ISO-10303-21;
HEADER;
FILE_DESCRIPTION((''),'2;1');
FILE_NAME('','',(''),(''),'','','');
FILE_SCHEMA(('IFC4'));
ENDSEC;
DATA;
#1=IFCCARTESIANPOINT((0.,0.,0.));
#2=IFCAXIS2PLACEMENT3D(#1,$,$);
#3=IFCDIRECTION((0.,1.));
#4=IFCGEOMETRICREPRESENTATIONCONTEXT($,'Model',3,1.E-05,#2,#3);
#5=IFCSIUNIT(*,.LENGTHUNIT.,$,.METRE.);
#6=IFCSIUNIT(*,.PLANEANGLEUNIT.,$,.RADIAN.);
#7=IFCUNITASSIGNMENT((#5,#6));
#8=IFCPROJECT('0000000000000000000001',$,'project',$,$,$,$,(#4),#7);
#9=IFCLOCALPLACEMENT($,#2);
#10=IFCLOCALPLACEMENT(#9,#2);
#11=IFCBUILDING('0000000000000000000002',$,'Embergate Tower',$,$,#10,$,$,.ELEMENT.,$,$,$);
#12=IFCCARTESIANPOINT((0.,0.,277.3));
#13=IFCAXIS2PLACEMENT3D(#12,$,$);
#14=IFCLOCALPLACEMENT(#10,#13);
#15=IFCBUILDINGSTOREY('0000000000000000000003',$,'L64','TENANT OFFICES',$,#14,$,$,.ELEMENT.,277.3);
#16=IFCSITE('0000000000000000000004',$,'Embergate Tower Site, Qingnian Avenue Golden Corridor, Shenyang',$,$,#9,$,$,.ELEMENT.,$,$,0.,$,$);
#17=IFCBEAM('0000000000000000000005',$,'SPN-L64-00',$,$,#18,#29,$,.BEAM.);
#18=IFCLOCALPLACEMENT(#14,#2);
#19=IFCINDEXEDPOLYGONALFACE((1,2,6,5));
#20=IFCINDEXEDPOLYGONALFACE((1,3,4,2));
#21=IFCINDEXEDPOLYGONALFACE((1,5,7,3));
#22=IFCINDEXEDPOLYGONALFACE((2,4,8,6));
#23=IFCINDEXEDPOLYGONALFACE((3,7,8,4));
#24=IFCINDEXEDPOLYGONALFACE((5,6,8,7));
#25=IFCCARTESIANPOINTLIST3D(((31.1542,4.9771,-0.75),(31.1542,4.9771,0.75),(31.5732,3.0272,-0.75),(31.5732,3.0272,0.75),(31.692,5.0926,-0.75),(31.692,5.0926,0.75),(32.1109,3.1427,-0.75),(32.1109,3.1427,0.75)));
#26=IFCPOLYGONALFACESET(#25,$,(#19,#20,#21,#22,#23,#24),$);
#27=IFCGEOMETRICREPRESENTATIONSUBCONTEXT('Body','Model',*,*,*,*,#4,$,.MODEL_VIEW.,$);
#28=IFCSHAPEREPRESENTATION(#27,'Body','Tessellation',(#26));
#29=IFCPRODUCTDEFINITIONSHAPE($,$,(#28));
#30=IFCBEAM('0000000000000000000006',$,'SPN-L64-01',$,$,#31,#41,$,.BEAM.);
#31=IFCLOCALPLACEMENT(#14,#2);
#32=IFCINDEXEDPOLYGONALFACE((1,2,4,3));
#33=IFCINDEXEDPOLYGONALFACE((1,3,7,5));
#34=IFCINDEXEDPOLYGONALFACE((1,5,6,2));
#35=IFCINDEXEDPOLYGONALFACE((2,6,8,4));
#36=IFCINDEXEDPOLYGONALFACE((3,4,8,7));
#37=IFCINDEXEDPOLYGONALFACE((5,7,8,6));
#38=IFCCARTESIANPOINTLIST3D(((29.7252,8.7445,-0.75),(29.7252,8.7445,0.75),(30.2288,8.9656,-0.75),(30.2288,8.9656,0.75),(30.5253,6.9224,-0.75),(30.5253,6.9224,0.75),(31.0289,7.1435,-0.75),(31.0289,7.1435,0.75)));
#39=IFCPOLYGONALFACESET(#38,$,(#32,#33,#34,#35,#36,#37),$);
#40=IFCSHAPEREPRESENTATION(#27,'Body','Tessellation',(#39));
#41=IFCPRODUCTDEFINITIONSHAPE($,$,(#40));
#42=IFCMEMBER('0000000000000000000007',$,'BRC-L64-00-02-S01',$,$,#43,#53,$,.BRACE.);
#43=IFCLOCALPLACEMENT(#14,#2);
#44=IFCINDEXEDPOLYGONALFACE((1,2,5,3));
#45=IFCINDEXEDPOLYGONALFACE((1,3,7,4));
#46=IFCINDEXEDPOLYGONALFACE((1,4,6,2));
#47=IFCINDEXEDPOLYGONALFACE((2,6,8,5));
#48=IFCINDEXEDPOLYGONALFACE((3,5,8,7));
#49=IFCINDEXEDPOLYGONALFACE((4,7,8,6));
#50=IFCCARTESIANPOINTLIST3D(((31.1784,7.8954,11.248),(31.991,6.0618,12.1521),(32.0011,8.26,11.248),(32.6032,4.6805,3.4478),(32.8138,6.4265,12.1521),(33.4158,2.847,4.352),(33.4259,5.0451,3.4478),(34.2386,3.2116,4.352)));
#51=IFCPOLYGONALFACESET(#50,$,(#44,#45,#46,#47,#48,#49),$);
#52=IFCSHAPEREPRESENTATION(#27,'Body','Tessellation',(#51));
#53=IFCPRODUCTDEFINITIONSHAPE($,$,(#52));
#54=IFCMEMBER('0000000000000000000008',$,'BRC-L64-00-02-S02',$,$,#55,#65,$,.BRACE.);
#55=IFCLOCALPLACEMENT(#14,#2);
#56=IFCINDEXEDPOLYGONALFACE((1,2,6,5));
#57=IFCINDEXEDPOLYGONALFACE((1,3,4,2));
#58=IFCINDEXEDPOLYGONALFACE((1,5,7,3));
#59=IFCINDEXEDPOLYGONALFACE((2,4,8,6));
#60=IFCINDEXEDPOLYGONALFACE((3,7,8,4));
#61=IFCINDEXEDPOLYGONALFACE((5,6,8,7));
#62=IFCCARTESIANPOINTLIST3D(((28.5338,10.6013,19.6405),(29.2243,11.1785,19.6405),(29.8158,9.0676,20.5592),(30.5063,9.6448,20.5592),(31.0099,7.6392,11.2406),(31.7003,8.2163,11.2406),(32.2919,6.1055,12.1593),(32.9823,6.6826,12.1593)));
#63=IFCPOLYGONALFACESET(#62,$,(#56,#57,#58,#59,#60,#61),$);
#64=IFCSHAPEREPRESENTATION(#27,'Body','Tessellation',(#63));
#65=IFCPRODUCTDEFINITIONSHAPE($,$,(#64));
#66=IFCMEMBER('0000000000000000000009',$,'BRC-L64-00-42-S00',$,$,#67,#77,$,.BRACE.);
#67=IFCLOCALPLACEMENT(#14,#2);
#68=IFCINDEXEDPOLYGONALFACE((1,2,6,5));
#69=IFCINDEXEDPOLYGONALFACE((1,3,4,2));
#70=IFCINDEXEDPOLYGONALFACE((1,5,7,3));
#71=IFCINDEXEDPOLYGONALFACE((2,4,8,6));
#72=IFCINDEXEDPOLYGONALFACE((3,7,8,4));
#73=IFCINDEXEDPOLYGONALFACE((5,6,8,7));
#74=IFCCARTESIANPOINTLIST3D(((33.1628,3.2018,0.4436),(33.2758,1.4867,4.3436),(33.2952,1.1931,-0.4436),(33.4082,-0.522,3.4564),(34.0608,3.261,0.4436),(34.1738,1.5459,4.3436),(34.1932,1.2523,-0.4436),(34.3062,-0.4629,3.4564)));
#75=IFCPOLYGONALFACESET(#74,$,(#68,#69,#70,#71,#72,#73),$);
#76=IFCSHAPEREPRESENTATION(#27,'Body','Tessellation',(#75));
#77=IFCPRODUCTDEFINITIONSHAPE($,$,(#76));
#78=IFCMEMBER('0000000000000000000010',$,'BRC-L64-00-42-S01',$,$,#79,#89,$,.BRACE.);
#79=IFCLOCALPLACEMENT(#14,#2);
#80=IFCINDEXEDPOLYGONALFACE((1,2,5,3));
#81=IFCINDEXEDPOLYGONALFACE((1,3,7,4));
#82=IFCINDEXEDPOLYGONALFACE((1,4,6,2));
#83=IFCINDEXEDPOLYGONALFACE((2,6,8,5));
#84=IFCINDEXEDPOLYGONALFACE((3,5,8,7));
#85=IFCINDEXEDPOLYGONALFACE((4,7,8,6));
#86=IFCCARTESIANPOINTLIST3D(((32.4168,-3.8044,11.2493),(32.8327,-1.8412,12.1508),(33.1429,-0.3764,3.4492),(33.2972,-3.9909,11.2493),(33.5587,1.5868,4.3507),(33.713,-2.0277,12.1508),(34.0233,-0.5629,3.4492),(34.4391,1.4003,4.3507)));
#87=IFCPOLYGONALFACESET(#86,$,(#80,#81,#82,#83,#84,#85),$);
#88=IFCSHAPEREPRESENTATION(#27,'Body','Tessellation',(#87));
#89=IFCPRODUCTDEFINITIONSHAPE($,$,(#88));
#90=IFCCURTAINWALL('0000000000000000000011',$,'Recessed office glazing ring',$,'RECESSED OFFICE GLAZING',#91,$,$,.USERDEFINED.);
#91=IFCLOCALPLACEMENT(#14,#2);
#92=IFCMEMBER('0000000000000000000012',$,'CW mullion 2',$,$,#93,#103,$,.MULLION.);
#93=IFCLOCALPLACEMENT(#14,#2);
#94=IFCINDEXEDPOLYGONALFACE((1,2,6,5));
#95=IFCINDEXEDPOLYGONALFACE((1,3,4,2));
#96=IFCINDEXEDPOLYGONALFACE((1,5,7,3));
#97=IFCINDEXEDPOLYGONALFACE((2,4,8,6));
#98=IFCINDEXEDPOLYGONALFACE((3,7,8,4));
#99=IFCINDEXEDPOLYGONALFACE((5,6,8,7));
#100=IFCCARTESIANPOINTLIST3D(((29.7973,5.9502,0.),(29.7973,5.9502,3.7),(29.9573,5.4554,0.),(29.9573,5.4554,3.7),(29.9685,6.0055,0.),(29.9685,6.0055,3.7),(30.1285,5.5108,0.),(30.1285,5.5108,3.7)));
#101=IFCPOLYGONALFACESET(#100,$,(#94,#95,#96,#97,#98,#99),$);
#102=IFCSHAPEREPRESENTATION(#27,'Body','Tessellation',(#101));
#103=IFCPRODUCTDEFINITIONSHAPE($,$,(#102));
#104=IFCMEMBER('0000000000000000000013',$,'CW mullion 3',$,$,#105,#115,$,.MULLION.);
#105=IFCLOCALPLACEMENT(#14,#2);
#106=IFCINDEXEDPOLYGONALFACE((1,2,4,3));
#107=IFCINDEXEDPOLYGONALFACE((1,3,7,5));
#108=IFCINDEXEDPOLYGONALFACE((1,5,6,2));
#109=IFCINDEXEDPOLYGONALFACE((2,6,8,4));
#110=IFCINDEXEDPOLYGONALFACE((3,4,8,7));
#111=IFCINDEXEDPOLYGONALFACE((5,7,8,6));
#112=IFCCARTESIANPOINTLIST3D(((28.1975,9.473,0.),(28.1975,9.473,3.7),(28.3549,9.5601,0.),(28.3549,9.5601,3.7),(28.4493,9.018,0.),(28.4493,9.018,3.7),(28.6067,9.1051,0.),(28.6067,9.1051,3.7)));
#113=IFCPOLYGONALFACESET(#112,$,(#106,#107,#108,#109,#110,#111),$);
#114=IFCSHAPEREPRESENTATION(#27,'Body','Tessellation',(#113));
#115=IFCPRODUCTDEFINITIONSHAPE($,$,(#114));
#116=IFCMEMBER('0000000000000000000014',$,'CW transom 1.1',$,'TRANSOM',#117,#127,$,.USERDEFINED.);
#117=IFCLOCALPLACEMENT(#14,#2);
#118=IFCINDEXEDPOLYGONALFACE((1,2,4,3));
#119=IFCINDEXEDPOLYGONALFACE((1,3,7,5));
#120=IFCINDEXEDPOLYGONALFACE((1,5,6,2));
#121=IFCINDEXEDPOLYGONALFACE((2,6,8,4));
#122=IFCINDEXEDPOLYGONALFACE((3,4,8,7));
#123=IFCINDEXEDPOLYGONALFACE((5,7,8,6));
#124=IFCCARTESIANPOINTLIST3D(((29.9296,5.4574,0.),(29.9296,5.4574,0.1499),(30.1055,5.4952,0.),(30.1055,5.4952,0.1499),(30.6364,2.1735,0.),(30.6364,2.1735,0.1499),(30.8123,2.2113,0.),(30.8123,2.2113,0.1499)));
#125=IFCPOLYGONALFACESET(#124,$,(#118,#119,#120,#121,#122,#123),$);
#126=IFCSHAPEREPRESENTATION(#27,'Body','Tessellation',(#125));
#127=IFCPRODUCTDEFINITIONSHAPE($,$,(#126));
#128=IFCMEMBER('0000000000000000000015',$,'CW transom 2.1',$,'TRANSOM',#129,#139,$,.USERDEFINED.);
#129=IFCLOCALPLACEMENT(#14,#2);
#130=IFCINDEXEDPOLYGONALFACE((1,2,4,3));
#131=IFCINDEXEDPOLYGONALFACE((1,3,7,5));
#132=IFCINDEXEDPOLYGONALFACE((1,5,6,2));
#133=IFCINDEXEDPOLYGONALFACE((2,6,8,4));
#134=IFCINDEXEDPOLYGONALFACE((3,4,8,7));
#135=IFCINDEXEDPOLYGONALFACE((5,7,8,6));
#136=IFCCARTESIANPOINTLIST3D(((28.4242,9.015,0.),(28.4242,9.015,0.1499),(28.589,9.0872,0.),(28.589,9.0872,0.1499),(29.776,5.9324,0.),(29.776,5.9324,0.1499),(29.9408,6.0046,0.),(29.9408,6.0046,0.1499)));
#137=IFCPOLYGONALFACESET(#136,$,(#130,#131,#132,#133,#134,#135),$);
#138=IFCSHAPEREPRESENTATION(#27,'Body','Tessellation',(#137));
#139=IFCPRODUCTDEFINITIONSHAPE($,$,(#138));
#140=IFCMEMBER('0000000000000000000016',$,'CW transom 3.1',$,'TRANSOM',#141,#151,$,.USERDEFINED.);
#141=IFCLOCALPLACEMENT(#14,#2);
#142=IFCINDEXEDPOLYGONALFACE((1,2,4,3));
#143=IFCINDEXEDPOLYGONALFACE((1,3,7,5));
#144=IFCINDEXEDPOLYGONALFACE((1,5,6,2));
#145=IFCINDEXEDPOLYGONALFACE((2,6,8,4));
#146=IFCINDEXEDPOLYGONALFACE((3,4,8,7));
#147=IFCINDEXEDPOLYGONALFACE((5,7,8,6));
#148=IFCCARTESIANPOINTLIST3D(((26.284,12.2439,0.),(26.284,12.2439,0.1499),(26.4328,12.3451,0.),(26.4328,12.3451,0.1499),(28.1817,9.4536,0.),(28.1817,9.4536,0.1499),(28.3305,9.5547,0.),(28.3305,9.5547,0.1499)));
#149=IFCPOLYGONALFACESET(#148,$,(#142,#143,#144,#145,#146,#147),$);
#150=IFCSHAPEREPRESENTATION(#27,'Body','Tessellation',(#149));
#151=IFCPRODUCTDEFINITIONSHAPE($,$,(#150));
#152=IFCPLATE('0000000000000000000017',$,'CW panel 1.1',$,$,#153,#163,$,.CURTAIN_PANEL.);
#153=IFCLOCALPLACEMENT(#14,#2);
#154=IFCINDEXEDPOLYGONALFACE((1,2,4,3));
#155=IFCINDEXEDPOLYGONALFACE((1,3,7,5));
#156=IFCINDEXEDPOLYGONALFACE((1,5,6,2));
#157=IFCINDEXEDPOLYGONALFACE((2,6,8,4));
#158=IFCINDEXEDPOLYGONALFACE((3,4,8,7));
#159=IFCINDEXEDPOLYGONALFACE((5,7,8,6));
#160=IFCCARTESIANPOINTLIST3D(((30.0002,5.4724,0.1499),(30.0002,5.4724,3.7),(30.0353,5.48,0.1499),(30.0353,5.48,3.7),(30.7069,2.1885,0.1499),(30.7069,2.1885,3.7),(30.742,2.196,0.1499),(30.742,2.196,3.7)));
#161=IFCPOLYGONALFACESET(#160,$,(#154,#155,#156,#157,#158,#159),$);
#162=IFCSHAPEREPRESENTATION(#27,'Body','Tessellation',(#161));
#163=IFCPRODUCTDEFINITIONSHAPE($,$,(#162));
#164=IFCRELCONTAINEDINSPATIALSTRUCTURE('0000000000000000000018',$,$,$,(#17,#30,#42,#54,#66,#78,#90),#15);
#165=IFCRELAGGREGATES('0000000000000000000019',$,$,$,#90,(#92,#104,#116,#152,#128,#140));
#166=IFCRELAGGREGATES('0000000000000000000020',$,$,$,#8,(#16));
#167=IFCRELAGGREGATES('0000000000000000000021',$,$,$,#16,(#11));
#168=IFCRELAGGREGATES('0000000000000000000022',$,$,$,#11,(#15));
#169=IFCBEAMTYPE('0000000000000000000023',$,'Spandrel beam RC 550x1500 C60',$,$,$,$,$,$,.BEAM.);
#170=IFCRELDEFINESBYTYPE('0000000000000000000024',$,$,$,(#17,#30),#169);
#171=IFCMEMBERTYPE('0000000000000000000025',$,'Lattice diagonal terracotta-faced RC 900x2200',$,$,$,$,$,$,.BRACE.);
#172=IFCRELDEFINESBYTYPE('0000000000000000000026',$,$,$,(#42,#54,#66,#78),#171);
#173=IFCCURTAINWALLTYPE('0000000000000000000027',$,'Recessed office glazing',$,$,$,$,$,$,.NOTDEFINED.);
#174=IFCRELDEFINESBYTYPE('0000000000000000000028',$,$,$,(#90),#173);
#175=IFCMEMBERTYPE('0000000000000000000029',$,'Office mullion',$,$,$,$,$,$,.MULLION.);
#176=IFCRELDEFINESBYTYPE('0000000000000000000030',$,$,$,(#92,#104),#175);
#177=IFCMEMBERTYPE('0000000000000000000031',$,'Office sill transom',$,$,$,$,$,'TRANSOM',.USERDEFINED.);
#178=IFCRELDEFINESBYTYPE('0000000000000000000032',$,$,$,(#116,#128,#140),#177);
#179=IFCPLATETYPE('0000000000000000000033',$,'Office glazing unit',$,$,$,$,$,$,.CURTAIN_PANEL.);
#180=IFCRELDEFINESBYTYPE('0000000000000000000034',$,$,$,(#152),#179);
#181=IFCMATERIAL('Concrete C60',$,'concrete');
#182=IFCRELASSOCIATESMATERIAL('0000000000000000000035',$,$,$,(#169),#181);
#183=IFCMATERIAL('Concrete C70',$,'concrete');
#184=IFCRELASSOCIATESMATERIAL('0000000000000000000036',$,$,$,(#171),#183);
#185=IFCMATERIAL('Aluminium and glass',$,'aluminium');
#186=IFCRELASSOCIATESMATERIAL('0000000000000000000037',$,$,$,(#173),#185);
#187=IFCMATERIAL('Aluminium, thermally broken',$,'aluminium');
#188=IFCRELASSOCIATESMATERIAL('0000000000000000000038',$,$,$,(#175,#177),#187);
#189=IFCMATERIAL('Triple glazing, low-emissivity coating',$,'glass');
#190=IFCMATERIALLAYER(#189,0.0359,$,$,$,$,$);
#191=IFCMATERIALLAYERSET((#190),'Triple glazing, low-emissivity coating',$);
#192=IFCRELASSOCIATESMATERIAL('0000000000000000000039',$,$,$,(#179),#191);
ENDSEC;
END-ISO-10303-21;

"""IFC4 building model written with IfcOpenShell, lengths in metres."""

from ifc_helpers import new_model, si_unit, direction, frame, origin, origin_2d, place, context, subcontext, project, spatial, rectangle, extrude, source, transform, mapped, material, layer, layer_set, material_profile, profile_set, type_object, element, aggregate, save


model = new_model("IFC4")

# Units and contexts
model_context = context("Model", 3, precision=1e-05, world=origin(), true_north=direction((0.0, 1.0)))
body_context = subcontext(model_context, "Body", "Model", "MODEL_VIEW")
ifc_project = project(units=[si_unit("LENGTHUNIT", "METRE"), si_unit("PLANEANGLEUNIT", "RADIAN")], contexts=[model_context])

# Site, building, storey
site_placement = place(None, origin())
site = spatial("IfcSite", under=ifc_project, at=site_placement, Name="Embergate Tower Site, Qingnian Avenue Golden Corridor, Shenyang", CompositionType="ELEMENT", RefElevation=0.0)
building_placement = place(site_placement, origin())
building = spatial("IfcBuilding", under=site, at=building_placement, Name="Embergate Tower", CompositionType="ELEMENT")
storey_placement = place(building_placement, frame((0.0, 0.0, 277.3)))
storey = spatial("IfcBuildingStorey", under=building, at=storey_placement, Name="L64", Description="TENANT OFFICES", CompositionType="ELEMENT", Elevation=277.3)

# Beams
ifc_material_1 = material(Name="Concrete C60", Category="concrete")
ifc_material_profile_1 = material_profile(ifc_material_1, rectangle(XDim=0.55, YDim=1.5, at=origin_2d()), Name="RC 550x1500")
ifc_profile_set_1 = profile_set([ifc_material_profile_1], Name="Concrete C60")
beam_type = type_object("IfcBeamType", Name="Spandrel beam RC 550x1500 C60", PredefinedType="BEAM", material=ifc_profile_set_1)
shared_shape_1 = source(origin(), body_context, "Body", "SweptSolid", [
    extrude(rectangle(XDim=0.55, YDim=1.5, at=origin_2d()), origin(), (0.0, 0.0, 1.0), 1.9944),
])
beam_1_placement = place(storey_placement, frame((31.842, 3.085, 0.0), z_axis=(-0.210056, 0.977689, 0.0), x_axis=(-0.977689, -0.210056, 0.0)))
element("IfcBeam", 1, at=beam_1_placement, inside=storey, type_object=beam_type, Name="SPN-L64-00", PredefinedType="BEAM", context=body_context, shape_type="MappedRepresentation", body=[
    mapped(shared_shape_1, transform((0.0, 0.0, 0.0))),
])
shared_shape_2 = source(origin(), body_context, "Body", "SweptSolid", [
    extrude(rectangle(XDim=0.55, YDim=1.5, at=origin_2d()), origin(), (0.0, 0.0, 1.0), 1.99),
])
beam_2_placement = place(storey_placement, frame((30.7771, 7.033, 0.0), z_axis=(-0.402048, 0.915619, 0.0), x_axis=(-0.915619, -0.402048, 0.0)))
element("IfcBeam", 2, at=beam_2_placement, inside=storey, type_object=beam_type, Name="SPN-L64-01", PredefinedType="BEAM", context=body_context, shape_type="MappedRepresentation", body=[
    mapped(shared_shape_2, transform((0.0, 0.0, 0.0))),
])

# Members
ifc_material_2 = material(Name="Concrete C70", Category="concrete")
ifc_material_profile_2 = material_profile(ifc_material_2, rectangle(XDim=0.8999, YDim=2.2, at=origin_2d()), Name="RC 900x2200")
ifc_profile_set_2 = profile_set([ifc_material_profile_2], Name="Concrete C70")
member_type_1 = type_object("IfcMemberType", Name="Lattice diagonal terracotta-faced RC 900x2200", PredefinedType="BRACE", material=ifc_profile_set_2)
shared_shape_3 = source(origin(), body_context, "Body", "SweptSolid", [
    extrude(rectangle(XDim=0.8999, YDim=2.2, at=origin_2d()), origin(), (0.0, 0.0, 1.0), 8.5562),
])
member_1_placement = place(storey_placement, frame((33.4209, 3.946, 3.8999), z_axis=(-0.166526, 0.375739, 0.911641), x_axis=(-0.914235, -0.405185, 0.0)))
element("IfcMember", 3, at=member_1_placement, inside=storey, type_object=member_type_1, Name="BRC-L64-00-02-S01", PredefinedType="BRACE", context=body_context, shape_type="MappedRepresentation", body=[
    mapped(shared_shape_3, transform((0.0, 0.0, 0.0))),
])
shared_shape_4 = source(origin(), body_context, "Body", "SweptSolid", [
    extrude(rectangle(XDim=0.8999, YDim=2.2, at=origin_2d()), origin(), (0.0, 0.0, 1.0), 9.2446),
])
member_2_placement = place(storey_placement, frame((31.9961, 7.1609, 11.7), z_axis=(-0.267838, 0.320418, 0.908622), x_axis=(-0.767251, -0.641347, 0.0)))
element("IfcMember", 4, at=member_2_placement, inside=storey, type_object=member_type_1, Name="BRC-L64-00-02-S02", PredefinedType="BRACE", context=body_context, shape_type="MappedRepresentation", body=[
    mapped(shared_shape_4, transform((0.0, 0.0, 0.0))),
])
shared_shape_5 = source(origin(), body_context, "Body", "SweptSolid", [
    extrude(rectangle(XDim=0.8999, YDim=2.2, at=origin_2d()), origin(), (0.0, 0.0, 1.0), 4.262),
])
member_3_placement = place(storey_placement, frame((33.678, 2.2271, 0.0), z_axis=(0.026523, -0.402426, 0.915068), x_axis=(0.997835, 0.065765, 0.0)))
element("IfcMember", 5, at=member_3_placement, inside=storey, type_object=member_type_1, Name="BRC-L64-00-42-S00", PredefinedType="BRACE", context=body_context, shape_type="MappedRepresentation", body=[
    mapped(shared_shape_5, transform((0.0, 0.0, 0.0))),
])
shared_shape_6 = source(origin(), body_context, "Body", "SweptSolid", [
    extrude(rectangle(XDim=0.8999, YDim=2.2, at=origin_2d()), origin(), (0.0, 0.0, 1.0), 8.551),
])
member_4_placement = place(storey_placement, frame((33.791, 0.512, 3.8999), z_axis=(-0.084911, -0.400888, 0.912184), x_axis=(0.978296, -0.207211, 0.0)))
element("IfcMember", 6, at=member_4_placement, inside=storey, type_object=member_type_1, Name="BRC-L64-00-42-S01", PredefinedType="BRACE", context=body_context, shape_type="MappedRepresentation", body=[
    mapped(shared_shape_6, transform((0.0, 0.0, 0.0))),
])

# Curtain wall, members, plate
ifc_material_3 = material(Name="Aluminium and glass", Category="aluminium")
curtain_wall_type = type_object("IfcCurtainWallType", Name="Recessed office glazing", PredefinedType="NOTDEFINED", material=ifc_material_3)
curtain_wall_placement = place(storey_placement, origin())
curtain_wall = element("IfcCurtainWall", 7, at=curtain_wall_placement, inside=storey, type_object=curtain_wall_type, Name="Recessed office glazing ring", ObjectType="RECESSED OFFICE GLAZING", PredefinedType="USERDEFINED")
ifc_material_4 = material(Name="Aluminium, thermally broken", Category="aluminium")
ifc_material_profile_3 = material_profile(ifc_material_4, rectangle(XDim=0.1799, YDim=0.52, at=origin_2d()), Name="AL 520x180")
ifc_profile_set_3 = profile_set([ifc_material_profile_3], Name="Aluminium, thermally broken")
member_type_2 = type_object("IfcMemberType", Name="Office mullion", PredefinedType="MULLION", material=ifc_profile_set_3)
shared_shape_7 = source(origin(), body_context, "Body", "SweptSolid", [
    extrude(rectangle(XDim=0.1799, YDim=0.52, at=origin_2d()), origin(), (0.0, 0.0, 1.0), 3.7),
])
member_5_placement = place(storey_placement, frame((29.9629, 5.7305, 0.0), z_axis=(0.0, 0.0, 1.0), x_axis=(-0.951493, -0.307671, 0.0)))
member_5 = element("IfcMember", 8, at=member_5_placement, type_object=member_type_2, Name="CW mullion 2", PredefinedType="MULLION", context=body_context, shape_type="MappedRepresentation", body=[
    mapped(shared_shape_7, transform((0.0, 0.0, 0.0))),
])
member_6_placement = place(storey_placement, frame((28.4021, 9.2891, 0.0), z_axis=(0.0, 0.0, 1.0), x_axis=(-0.874993, -0.484136, 0.0)))
member_6 = element("IfcMember", 9, at=member_6_placement, type_object=member_type_2, Name="CW mullion 3", PredefinedType="MULLION", context=body_context, shape_type="MappedRepresentation", body=[
    mapped(shared_shape_7, transform((0.0, 0.0, 0.0))),
])
ifc_material_profile_4 = material_profile(ifc_material_4, rectangle(XDim=0.1799, YDim=0.1499, at=origin_2d()), Name="AL 150x180")
ifc_profile_set_4 = profile_set([ifc_material_profile_4], Name="Aluminium, thermally broken")
member_type_3 = type_object("IfcMemberType", Name="Office sill transom", ElementType="TRANSOM", PredefinedType="USERDEFINED", material=ifc_profile_set_4)
shared_shape_8 = source(origin(), body_context, "Body", "SweptSolid", [
    extrude(rectangle(XDim=0.1799, YDim=0.1499, at=origin_2d()), origin(), (0.0, 0.0, 1.0), 3.3591),
])
member_7_placement = place(storey_placement, frame((30.7244, 2.1924, 0.075), z_axis=(-0.210408, 0.977614, 0.0), x_axis=(-0.977614, -0.210408, 0.0)))
member_7 = element("IfcMember", 10, at=member_7_placement, type_object=member_type_3, Name="CW transom 1.1", ObjectType="TRANSOM", PredefinedType="USERDEFINED", context=body_context, shape_type="MappedRepresentation", body=[
    mapped(shared_shape_8, transform((0.0, 0.0, 0.0))),
])
shared_shape_9 = source(origin(), body_context, "Body", "SweptSolid", [
    extrude(rectangle(XDim=0.1799, YDim=0.1499, at=origin_2d()), origin(), (0.0, 0.0, 1.0), 3.366),
])
member_8_placement = place(storey_placement, frame((29.8584, 5.9685, 0.075), z_axis=(-0.401618, 0.915807, 0.0), x_axis=(-0.915807, -0.401618, 0.0)))
member_8 = element("IfcMember", 11, at=member_8_placement, type_object=member_type_3, Name="CW transom 2.1", ObjectType="TRANSOM", PredefinedType="USERDEFINED", context=body_context, shape_type="MappedRepresentation", body=[
    mapped(shared_shape_9, transform((0.0, 0.0, 0.0))),
])
shared_shape_10 = source(origin(), body_context, "Body", "SweptSolid", [
    extrude(rectangle(XDim=0.1799, YDim=0.1499, at=origin_2d()), origin(), (0.0, 0.0, 1.0), 3.3745),
])
member_9_placement = place(storey_placement, frame((28.2561, 9.5042, 0.075), z_axis=(-0.562373, 0.826883, 0.0), x_axis=(-0.826883, -0.562373, 0.0)))
member_9 = element("IfcMember", 12, at=member_9_placement, type_object=member_type_3, Name="CW transom 3.1", ObjectType="TRANSOM", PredefinedType="USERDEFINED", context=body_context, shape_type="MappedRepresentation", body=[
    mapped(shared_shape_10, transform((0.0, 0.0, 0.0))),
])
ifc_material_5 = material(Name="Triple glazing, low-emissivity coating", Category="glass")
ifc_layer_1 = layer(ifc_material_5, 0.0359)
ifc_layer_set_1 = layer_set([ifc_layer_1], Name="Triple glazing, low-emissivity coating")
plate_type = type_object("IfcPlateType", Name="Office glazing unit", PredefinedType="CURTAIN_PANEL", material=ifc_layer_set_1)
shared_shape_11 = source(origin(), body_context, "Body", "SweptSolid", [
    extrude(rectangle(XDim=3.3591, YDim=0.0359, at=origin_2d()), origin(), (0.0, 0.0, 1.0), 3.55),
])
plate_1_placement = place(storey_placement, frame((30.3711, 3.8342, 0.1499), z_axis=(0.0, 0.0, 1.0), x_axis=(-0.210402, 0.977615, 0.0)))
plate_1 = element("IfcPlate", 13, at=plate_1_placement, type_object=plate_type, Name="CW panel 1.1", PredefinedType="CURTAIN_PANEL", context=body_context, shape_type="MappedRepresentation", body=[
    mapped(shared_shape_11, transform((0.0, 0.0, 0.0))),
])
aggregate(curtain_wall, [member_5, member_6, member_7, plate_1, member_8, member_9])

save(model, "model.ifc")
